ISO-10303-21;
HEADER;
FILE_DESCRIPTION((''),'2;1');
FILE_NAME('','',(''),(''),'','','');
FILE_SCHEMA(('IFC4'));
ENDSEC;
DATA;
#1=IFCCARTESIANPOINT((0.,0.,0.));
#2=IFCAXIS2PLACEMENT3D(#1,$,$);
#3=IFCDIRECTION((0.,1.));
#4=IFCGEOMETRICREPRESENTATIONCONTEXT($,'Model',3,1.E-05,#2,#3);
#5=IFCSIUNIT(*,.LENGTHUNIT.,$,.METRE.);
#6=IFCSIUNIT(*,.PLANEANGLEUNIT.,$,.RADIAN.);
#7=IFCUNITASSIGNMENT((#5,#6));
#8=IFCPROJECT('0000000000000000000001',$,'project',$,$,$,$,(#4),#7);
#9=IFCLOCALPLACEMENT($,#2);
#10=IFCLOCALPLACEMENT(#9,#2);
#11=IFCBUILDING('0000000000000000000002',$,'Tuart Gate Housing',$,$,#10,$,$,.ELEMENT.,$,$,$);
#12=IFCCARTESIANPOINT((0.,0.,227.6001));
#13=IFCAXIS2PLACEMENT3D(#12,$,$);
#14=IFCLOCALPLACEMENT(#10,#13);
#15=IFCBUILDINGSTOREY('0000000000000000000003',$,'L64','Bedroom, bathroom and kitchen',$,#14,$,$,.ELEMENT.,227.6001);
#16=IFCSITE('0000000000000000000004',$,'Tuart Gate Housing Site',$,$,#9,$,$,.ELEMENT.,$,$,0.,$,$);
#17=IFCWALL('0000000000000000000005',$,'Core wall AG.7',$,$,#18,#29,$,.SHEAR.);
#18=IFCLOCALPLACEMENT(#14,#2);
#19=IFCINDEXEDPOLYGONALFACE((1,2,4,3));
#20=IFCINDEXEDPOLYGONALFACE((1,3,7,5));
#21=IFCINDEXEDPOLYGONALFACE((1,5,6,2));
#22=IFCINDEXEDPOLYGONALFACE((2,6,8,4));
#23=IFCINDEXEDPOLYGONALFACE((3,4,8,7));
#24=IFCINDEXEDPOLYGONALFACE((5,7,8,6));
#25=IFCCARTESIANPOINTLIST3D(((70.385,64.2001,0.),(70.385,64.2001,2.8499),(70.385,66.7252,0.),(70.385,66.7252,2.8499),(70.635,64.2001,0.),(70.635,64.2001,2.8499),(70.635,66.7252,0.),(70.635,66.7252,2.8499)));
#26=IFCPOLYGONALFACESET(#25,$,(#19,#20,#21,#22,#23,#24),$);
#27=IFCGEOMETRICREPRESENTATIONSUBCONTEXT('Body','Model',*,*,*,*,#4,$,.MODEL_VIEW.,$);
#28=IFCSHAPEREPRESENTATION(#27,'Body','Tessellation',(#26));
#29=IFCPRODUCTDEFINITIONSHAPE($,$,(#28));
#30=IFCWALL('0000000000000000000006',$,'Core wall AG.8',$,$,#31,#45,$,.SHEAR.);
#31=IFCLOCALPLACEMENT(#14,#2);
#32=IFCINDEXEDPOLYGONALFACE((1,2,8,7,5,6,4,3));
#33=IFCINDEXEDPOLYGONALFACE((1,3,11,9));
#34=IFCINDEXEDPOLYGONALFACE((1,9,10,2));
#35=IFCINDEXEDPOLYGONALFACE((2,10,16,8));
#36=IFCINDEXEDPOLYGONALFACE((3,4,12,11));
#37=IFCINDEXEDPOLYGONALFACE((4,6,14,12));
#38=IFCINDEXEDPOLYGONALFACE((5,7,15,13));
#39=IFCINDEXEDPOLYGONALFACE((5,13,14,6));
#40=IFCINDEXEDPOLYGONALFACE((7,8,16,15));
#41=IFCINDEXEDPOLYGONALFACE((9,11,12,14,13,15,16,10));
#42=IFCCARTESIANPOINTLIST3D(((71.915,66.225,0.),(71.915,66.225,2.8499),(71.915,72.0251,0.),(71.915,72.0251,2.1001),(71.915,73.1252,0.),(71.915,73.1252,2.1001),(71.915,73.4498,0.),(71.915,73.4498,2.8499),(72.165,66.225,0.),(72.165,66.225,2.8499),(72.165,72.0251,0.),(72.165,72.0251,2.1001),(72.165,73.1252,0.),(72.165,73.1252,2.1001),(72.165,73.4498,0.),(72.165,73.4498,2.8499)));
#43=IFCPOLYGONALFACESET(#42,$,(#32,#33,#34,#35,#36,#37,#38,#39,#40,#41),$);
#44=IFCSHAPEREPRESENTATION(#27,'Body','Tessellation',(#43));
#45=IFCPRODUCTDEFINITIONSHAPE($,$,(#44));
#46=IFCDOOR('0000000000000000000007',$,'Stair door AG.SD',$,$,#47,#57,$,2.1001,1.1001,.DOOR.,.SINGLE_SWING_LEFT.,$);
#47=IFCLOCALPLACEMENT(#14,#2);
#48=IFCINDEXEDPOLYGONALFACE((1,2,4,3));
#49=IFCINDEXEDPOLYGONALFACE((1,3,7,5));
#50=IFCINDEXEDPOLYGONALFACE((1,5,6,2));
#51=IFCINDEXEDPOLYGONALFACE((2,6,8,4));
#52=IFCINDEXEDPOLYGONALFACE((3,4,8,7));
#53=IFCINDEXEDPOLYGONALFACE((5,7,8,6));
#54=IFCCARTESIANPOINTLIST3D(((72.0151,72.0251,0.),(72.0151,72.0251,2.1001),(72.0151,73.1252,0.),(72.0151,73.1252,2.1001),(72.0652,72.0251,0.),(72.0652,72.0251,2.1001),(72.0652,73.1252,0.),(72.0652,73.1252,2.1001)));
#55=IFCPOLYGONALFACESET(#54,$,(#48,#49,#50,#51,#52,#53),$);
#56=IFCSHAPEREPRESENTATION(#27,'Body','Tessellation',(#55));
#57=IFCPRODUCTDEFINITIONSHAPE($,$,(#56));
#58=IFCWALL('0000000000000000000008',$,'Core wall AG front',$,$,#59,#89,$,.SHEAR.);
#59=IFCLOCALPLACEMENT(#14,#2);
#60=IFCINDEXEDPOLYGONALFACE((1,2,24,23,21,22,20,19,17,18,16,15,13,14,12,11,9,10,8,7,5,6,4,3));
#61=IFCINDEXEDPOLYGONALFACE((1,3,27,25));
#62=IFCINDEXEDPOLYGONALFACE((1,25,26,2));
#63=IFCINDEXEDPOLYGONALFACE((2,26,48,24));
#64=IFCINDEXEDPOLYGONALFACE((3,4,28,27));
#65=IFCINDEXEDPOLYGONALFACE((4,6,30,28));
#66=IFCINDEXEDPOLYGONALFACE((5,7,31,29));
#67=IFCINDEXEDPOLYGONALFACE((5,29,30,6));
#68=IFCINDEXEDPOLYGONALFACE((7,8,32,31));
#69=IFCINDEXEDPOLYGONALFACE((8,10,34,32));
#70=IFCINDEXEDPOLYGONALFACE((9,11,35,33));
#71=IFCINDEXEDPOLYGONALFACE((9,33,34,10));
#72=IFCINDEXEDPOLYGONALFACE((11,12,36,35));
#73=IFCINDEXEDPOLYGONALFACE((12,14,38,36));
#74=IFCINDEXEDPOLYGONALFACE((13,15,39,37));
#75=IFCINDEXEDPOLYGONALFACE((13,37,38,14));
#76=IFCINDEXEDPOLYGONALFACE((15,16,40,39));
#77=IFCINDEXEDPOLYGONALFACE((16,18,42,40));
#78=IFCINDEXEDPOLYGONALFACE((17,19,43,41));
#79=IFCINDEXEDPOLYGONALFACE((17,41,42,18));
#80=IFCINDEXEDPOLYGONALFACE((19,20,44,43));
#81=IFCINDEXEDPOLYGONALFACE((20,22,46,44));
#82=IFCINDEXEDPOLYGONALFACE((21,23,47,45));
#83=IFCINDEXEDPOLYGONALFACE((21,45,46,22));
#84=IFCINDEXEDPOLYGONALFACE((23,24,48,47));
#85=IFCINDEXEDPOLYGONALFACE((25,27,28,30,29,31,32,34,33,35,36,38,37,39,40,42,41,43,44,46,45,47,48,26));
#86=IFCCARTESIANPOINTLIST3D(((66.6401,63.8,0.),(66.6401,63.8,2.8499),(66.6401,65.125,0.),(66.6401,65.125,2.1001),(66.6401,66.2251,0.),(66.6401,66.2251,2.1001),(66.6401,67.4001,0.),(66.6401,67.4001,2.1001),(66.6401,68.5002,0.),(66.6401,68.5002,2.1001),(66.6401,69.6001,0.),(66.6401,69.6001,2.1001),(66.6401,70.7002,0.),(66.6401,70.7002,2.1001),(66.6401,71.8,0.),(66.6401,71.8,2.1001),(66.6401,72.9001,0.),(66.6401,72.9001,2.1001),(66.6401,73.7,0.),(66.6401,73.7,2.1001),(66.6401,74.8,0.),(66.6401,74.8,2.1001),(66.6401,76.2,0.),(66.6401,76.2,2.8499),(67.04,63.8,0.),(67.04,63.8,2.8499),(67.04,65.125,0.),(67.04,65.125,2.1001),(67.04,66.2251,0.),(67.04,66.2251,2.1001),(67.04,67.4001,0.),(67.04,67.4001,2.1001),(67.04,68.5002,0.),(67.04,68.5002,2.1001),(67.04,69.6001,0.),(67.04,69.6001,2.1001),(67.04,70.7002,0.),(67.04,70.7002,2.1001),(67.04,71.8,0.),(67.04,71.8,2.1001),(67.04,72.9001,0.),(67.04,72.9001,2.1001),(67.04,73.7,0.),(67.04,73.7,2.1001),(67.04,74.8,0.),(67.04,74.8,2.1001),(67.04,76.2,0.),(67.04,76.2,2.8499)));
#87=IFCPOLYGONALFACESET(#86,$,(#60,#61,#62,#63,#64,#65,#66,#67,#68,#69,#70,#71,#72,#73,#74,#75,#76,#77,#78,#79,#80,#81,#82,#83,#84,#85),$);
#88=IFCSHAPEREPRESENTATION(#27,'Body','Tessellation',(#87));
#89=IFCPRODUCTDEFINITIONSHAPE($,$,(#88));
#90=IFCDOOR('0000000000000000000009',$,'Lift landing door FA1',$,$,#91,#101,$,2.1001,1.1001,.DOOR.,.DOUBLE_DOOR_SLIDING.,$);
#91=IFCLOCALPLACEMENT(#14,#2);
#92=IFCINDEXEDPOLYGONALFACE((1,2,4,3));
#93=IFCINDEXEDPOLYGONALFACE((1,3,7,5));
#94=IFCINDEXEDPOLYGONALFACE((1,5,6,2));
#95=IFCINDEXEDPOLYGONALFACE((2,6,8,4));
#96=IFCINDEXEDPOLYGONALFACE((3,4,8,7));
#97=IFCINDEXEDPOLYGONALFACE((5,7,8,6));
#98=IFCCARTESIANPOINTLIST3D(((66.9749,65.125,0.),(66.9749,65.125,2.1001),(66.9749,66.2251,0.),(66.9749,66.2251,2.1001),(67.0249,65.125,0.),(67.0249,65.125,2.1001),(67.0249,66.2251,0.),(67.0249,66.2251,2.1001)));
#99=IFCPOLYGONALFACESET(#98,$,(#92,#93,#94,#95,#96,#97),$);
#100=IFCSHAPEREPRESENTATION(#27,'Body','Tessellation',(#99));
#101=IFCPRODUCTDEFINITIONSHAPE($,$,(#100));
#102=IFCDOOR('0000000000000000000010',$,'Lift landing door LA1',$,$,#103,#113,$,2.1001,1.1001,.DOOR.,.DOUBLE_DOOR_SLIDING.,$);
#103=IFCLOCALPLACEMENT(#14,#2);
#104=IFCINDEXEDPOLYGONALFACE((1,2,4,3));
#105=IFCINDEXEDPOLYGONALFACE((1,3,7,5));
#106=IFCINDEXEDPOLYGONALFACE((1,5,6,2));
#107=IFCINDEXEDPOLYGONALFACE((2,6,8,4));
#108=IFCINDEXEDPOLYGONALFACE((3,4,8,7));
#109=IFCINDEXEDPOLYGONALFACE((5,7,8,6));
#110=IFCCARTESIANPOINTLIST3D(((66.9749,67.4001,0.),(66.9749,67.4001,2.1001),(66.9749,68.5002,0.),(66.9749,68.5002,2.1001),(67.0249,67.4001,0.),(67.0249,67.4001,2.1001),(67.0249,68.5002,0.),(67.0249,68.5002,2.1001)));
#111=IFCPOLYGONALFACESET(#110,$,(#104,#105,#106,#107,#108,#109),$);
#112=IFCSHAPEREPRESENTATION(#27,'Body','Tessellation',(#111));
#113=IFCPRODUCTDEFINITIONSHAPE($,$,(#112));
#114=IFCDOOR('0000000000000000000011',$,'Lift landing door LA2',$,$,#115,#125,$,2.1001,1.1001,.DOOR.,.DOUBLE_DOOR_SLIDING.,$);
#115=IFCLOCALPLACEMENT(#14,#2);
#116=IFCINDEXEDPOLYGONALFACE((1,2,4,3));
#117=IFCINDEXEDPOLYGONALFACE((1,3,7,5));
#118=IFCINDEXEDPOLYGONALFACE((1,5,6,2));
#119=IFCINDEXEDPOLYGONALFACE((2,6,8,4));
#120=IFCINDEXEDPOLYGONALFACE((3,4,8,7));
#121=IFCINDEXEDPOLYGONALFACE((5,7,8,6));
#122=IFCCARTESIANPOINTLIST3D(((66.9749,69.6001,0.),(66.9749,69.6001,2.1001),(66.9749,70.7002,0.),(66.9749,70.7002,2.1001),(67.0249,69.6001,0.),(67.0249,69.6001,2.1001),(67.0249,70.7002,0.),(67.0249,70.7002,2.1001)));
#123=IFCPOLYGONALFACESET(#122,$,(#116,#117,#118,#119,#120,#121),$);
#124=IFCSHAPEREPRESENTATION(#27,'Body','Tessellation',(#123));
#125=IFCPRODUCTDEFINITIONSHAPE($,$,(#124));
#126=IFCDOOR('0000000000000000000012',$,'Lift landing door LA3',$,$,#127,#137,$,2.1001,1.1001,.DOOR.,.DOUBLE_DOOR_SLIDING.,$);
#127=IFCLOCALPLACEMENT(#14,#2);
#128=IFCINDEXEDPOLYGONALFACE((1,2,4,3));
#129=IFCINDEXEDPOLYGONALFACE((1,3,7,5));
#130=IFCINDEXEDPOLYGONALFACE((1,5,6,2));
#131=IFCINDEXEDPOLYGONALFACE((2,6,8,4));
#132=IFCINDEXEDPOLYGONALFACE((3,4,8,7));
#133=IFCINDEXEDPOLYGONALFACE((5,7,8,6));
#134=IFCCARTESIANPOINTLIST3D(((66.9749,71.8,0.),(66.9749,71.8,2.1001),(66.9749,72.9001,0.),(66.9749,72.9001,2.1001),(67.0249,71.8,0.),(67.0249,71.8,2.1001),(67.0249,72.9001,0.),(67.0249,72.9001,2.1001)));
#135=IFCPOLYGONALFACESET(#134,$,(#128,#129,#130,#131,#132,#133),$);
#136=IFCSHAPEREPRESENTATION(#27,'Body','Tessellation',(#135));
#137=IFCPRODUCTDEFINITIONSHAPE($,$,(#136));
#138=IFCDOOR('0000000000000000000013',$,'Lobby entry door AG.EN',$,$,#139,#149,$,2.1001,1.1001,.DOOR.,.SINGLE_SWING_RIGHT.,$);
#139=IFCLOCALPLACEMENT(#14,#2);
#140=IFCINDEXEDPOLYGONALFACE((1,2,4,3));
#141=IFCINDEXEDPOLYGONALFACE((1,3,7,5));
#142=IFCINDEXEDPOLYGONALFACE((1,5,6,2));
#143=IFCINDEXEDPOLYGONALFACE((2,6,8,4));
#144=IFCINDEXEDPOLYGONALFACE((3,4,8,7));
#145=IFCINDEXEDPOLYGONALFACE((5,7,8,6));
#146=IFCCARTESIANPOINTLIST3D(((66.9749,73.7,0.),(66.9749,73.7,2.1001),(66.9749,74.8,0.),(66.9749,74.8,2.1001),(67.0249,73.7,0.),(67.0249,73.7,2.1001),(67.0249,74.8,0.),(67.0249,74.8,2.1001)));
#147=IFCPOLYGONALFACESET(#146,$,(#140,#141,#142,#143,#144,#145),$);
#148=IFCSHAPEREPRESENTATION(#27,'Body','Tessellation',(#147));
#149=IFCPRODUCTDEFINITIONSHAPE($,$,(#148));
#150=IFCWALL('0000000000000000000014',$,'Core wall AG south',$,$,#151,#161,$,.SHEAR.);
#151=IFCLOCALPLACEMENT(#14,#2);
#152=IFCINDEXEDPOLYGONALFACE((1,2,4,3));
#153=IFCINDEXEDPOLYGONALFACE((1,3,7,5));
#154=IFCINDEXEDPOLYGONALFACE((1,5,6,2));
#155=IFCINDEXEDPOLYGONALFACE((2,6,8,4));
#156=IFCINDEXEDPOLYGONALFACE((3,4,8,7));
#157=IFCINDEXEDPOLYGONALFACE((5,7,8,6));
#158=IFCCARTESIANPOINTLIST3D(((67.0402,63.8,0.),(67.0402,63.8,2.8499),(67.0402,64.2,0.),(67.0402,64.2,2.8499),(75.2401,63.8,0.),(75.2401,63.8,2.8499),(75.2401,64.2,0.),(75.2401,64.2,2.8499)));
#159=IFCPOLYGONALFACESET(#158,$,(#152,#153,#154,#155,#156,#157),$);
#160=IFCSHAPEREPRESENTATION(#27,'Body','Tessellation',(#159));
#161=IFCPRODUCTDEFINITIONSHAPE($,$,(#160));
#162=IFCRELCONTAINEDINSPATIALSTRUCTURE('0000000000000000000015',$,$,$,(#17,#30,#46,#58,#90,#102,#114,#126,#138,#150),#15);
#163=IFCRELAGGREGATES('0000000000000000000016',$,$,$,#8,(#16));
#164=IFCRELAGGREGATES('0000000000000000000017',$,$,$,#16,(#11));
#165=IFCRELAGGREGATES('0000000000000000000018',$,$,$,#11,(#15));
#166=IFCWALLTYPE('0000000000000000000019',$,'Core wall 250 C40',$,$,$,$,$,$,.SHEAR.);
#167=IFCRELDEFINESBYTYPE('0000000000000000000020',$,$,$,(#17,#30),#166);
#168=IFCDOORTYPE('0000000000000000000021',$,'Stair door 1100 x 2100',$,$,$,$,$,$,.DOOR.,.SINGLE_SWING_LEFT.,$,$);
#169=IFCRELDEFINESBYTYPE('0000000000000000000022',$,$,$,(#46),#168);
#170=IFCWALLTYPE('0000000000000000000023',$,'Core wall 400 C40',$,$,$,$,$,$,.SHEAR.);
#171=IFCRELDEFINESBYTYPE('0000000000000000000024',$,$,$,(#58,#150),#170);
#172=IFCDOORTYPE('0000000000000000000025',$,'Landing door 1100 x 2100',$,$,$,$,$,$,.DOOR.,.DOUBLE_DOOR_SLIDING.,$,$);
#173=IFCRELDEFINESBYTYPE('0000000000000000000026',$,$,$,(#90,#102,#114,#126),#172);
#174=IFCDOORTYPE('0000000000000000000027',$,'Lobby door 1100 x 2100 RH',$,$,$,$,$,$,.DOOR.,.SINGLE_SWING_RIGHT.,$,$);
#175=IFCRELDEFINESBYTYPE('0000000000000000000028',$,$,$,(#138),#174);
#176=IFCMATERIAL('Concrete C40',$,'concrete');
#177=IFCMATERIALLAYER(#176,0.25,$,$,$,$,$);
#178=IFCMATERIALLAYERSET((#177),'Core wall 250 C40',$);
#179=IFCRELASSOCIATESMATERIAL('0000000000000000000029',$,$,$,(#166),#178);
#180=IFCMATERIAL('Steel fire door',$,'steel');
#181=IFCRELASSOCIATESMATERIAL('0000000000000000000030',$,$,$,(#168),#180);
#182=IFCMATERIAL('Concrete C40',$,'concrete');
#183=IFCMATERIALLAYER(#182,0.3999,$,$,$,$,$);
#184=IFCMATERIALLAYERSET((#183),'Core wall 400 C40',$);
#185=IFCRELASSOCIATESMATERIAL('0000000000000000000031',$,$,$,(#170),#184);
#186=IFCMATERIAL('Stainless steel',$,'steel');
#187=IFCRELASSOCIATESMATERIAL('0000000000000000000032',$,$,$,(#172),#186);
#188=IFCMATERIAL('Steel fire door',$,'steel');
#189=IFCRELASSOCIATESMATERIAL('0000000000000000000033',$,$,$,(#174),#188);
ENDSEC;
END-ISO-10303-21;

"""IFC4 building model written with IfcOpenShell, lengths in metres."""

from ifc_helpers import new_model, si_unit, direction, frame, frame_2d, origin, place, context, subcontext, project, spatial, rectangle, extrude, material, layer, layer_set, type_object, element, fill, save


model = new_model("IFC4")

# Units and contexts
model_context = context("Model", 3, precision=1e-05, world=origin(), true_north=direction((0.0, 1.0)))
body_context = subcontext(model_context, "Body", "Model", "MODEL_VIEW")
ifc_project = project(units=[si_unit("LENGTHUNIT", "METRE"), si_unit("PLANEANGLEUNIT", "RADIAN")], contexts=[model_context])

# Site, building, storey
site_placement = place(None, origin())
site = spatial("IfcSite", under=ifc_project, at=site_placement, Name="Tuart Gate Housing Site", CompositionType="ELEMENT", RefElevation=0.0)
building_placement = place(site_placement, origin())
building = spatial("IfcBuilding", under=site, at=building_placement, Name="Tuart Gate Housing", CompositionType="ELEMENT")
storey_placement = place(building_placement, frame((0.0, 0.0, 227.6001)))
storey = spatial("IfcBuildingStorey", under=building, at=storey_placement, Name="L64", Description="Bedroom, bathroom and kitchen", CompositionType="ELEMENT", Elevation=227.6001)

# Wall
ifc_material_1 = material(Name="Concrete C40", Category="concrete")
ifc_layer_1 = layer(ifc_material_1, 0.25)
ifc_layer_set_1 = layer_set([ifc_layer_1], Name="Core wall 250 C40")
wall_type_1 = type_object("IfcWallType", Name="Core wall 250 C40", PredefinedType="SHEAR", material=ifc_layer_set_1)
wall_1_placement = place(storey_placement, frame((70.51, 64.2, 0.0), z_axis=(0.0, 0.0, 1.0), x_axis=(0.0, 1.0, 0.0)))
element("IfcWall", 1, at=wall_1_placement, inside=storey, type_object=wall_type_1, Name="Core wall AG.7", PredefinedType="SHEAR", context=body_context, shape_type="SweptSolid", body=[
    extrude(rectangle(XDim=2.5251, YDim=0.25, at=frame_2d((1.2627, 0.0))), origin(), (0.0, 0.0, 1.0), 2.8499),
])

# Wall, opening, door
wall_2_placement = place(storey_placement, frame((72.04, 66.2251, 0.0), z_axis=(0.0, 0.0, 1.0), x_axis=(0.0, 1.0, 0.0)))
wall_2 = element("IfcWall", 2, at=wall_2_placement, inside=storey, type_object=wall_type_1, Name="Core wall AG.8", PredefinedType="SHEAR", context=body_context, shape_type="SweptSolid", body=[
    extrude(rectangle(XDim=7.2249, YDim=0.25, at=frame_2d((3.6123, 0.0))), origin(), (0.0, 0.0, 1.0), 2.8499),
])
opening_1_placement = place(wall_2_placement, frame((5.8, 0.0, 0.0)))
opening_1 = element("IfcOpeningElement", 3, at=opening_1_placement, cuts=wall_2, PredefinedType="OPENING", context=body_context, shape_type="SweptSolid", body=[
    extrude(rectangle(XDim=1.1001, YDim=2.1001, at=frame_2d((0.55, 1.05))), frame((0.0, 0.135, 0.0), z_axis=(0.0, -1.0, 0.0), x_axis=(1.0, 0.0, 0.0)), (0.0, 0.0, 1.0), 0.27),
])
ifc_material_2 = material(Name="Steel fire door", Category="steel")
door_type_1 = type_object("IfcDoorType", Name="Stair door 1100 x 2100", OperationType="SINGLE_SWING_LEFT", PredefinedType="DOOR", material=ifc_material_2)
door_1_placement = place(opening_1_placement, frame((1.1001, 0.0, 0.0), z_axis=(0.0, 0.0, 1.0), x_axis=(-1.0, 0.0, 0.0)))
door_1 = element("IfcDoor", 4, at=door_1_placement, inside=storey, type_object=door_type_1, Name="Stair door AG.SD", OperationType="SINGLE_SWING_LEFT", OverallHeight=2.1001, OverallWidth=1.1001, PredefinedType="DOOR", context=body_context, shape_type="SweptSolid", body=[
    extrude(rectangle(XDim=1.1001, YDim=2.1001, at=frame_2d((0.55, 1.05))), frame((0.0, 0.0251, 0.0), z_axis=(0.0, -1.0, 0.0), x_axis=(1.0, 0.0, 0.0)), (0.0, 0.0, 1.0), 0.05),
])
fill(opening_1, door_1)

# Wall, openings, doors
ifc_material_3 = material(Name="Concrete C40", Category="concrete")
ifc_layer_2 = layer(ifc_material_3, 0.3999)
ifc_layer_set_2 = layer_set([ifc_layer_2], Name="Core wall 400 C40")
wall_type_2 = type_object("IfcWallType", Name="Core wall 400 C40", PredefinedType="SHEAR", material=ifc_layer_set_2)
wall_3_placement = place(storey_placement, frame((66.8401, 63.8, 0.0), z_axis=(0.0, 0.0, 1.0), x_axis=(0.0, 1.0, 0.0)))
wall_3 = element("IfcWall", 5, at=wall_3_placement, inside=storey, type_object=wall_type_2, Name="Core wall AG front", PredefinedType="SHEAR", context=body_context, shape_type="SweptSolid", body=[
    extrude(rectangle(XDim=12.3999, YDim=0.3999, at=frame_2d((6.2, 0.0))), origin(), (0.0, 0.0, 1.0), 2.8499),
])
opening_2_placement = place(wall_3_placement, frame((1.325, 0.0, 0.0)))
opening_2 = element("IfcOpeningElement", 6, at=opening_2_placement, cuts=wall_3, PredefinedType="OPENING", context=body_context, shape_type="SweptSolid", body=[
    extrude(rectangle(XDim=1.1001, YDim=2.1001, at=frame_2d((0.55, 1.05))), frame((0.0, 0.21, 0.0), z_axis=(0.0, -1.0, 0.0), x_axis=(1.0, 0.0, 0.0)), (0.0, 0.0, 1.0), 0.4199),
])
opening_3_placement = place(wall_3_placement, frame((3.6001, 0.0, 0.0)))
opening_3 = element("IfcOpeningElement", 7, at=opening_3_placement, cuts=wall_3, PredefinedType="OPENING", context=body_context, shape_type="SweptSolid", body=[
    extrude(rectangle(XDim=1.1001, YDim=2.1001, at=frame_2d((0.55, 1.05))), frame((0.0, 0.21, 0.0), z_axis=(0.0, -1.0, 0.0), x_axis=(1.0, 0.0, 0.0)), (0.0, 0.0, 1.0), 0.4199),
])
opening_4_placement = place(wall_3_placement, frame((5.8, 0.0, 0.0)))
opening_4 = element("IfcOpeningElement", 8, at=opening_4_placement, cuts=wall_3, PredefinedType="OPENING", context=body_context, shape_type="SweptSolid", body=[
    extrude(rectangle(XDim=1.1001, YDim=2.1001, at=frame_2d((0.55, 1.05))), frame((0.0, 0.21, 0.0), z_axis=(0.0, -1.0, 0.0), x_axis=(1.0, 0.0, 0.0)), (0.0, 0.0, 1.0), 0.4199),
])
opening_5_placement = place(wall_3_placement, frame((8.0, 0.0, 0.0)))
opening_5 = element("IfcOpeningElement", 9, at=opening_5_placement, cuts=wall_3, PredefinedType="OPENING", context=body_context, shape_type="SweptSolid", body=[
    extrude(rectangle(XDim=1.1001, YDim=2.1001, at=frame_2d((0.55, 1.05))), frame((0.0, 0.21, 0.0), z_axis=(0.0, -1.0, 0.0), x_axis=(1.0, 0.0, 0.0)), (0.0, 0.0, 1.0), 0.4199),
])
opening_6_placement = place(wall_3_placement, frame((9.8999, 0.0, 0.0)))
opening_6 = element("IfcOpeningElement", 10, at=opening_6_placement, cuts=wall_3, PredefinedType="OPENING", context=body_context, shape_type="SweptSolid", body=[
    extrude(rectangle(XDim=1.1001, YDim=2.1001, at=frame_2d((0.55, 1.05))), frame((0.0, 0.21, 0.0), z_axis=(0.0, -1.0, 0.0), x_axis=(1.0, 0.0, 0.0)), (0.0, 0.0, 1.0), 0.4199),
])
ifc_material_4 = material(Name="Stainless steel", Category="steel")
door_type_2 = type_object("IfcDoorType", Name="Landing door 1100 x 2100", OperationType="DOUBLE_DOOR_SLIDING", PredefinedType="DOOR", material=ifc_material_4)
door_2_placement = place(opening_2_placement, origin())
door_2 = element("IfcDoor", 11, at=door_2_placement, inside=storey, type_object=door_type_2, Name="Lift landing door FA1", OperationType="DOUBLE_DOOR_SLIDING", OverallHeight=2.1001, OverallWidth=1.1001, PredefinedType="DOOR", context=body_context, shape_type="SweptSolid", body=[
    extrude(rectangle(XDim=1.1001, YDim=2.1001, at=frame_2d((0.55, 1.05))), frame((0.0, -0.1348, 0.0), z_axis=(0.0, -1.0, 0.0), x_axis=(1.0, 0.0, 0.0)), (0.0, 0.0, 1.0), 0.05),
])
fill(opening_2, door_2)
door_3_placement = place(opening_3_placement, origin())
door_3 = element("IfcDoor", 12, at=door_3_placement, inside=storey, type_object=door_type_2, Name="Lift landing door LA1", OperationType="DOUBLE_DOOR_SLIDING", OverallHeight=2.1001, OverallWidth=1.1001, PredefinedType="DOOR", context=body_context, shape_type="SweptSolid", body=[
    extrude(rectangle(XDim=1.1001, YDim=2.1001, at=frame_2d((0.55, 1.05))), frame((0.0, -0.1348, 0.0), z_axis=(0.0, -1.0, 0.0), x_axis=(1.0, 0.0, 0.0)), (0.0, 0.0, 1.0), 0.05),
])
fill(opening_3, door_3)
door_4_placement = place(opening_4_placement, origin())
door_4 = element("IfcDoor", 13, at=door_4_placement, inside=storey, type_object=door_type_2, Name="Lift landing door LA2", OperationType="DOUBLE_DOOR_SLIDING", OverallHeight=2.1001, OverallWidth=1.1001, PredefinedType="DOOR", context=body_context, shape_type="SweptSolid", body=[
    extrude(rectangle(XDim=1.1001, YDim=2.1001, at=frame_2d((0.55, 1.05))), frame((0.0, -0.1348, 0.0), z_axis=(0.0, -1.0, 0.0), x_axis=(1.0, 0.0, 0.0)), (0.0, 0.0, 1.0), 0.05),
])
fill(opening_4, door_4)
door_5_placement = place(opening_5_placement, origin())
door_5 = element("IfcDoor", 14, at=door_5_placement, inside=storey, type_object=door_type_2, Name="Lift landing door LA3", OperationType="DOUBLE_DOOR_SLIDING", OverallHeight=2.1001, OverallWidth=1.1001, PredefinedType="DOOR", context=body_context, shape_type="SweptSolid", body=[
    extrude(rectangle(XDim=1.1001, YDim=2.1001, at=frame_2d((0.55, 1.05))), frame((0.0, -0.1348, 0.0), z_axis=(0.0, -1.0, 0.0), x_axis=(1.0, 0.0, 0.0)), (0.0, 0.0, 1.0), 0.05),
])
fill(opening_5, door_5)
ifc_material_5 = material(Name="Steel fire door", Category="steel")
door_type_3 = type_object("IfcDoorType", Name="Lobby door 1100 x 2100 RH", OperationType="SINGLE_SWING_RIGHT", PredefinedType="DOOR", material=ifc_material_5)
door_6_placement = place(opening_6_placement, frame((1.1001, 0.0, 0.0), z_axis=(0.0, 0.0, 1.0), x_axis=(-1.0, 0.0, 0.0)))
door_6 = element("IfcDoor", 15, at=door_6_placement, inside=storey, type_object=door_type_3, Name="Lobby entry door AG.EN", OperationType="SINGLE_SWING_RIGHT", OverallHeight=2.1001, OverallWidth=1.1001, PredefinedType="DOOR", context=body_context, shape_type="SweptSolid", body=[
    extrude(rectangle(XDim=1.1001, YDim=2.1001, at=frame_2d((0.55, 1.05))), frame((0.0, 0.1848, 0.0), z_axis=(0.0, -1.0, 0.0), x_axis=(1.0, 0.0, 0.0)), (0.0, 0.0, 1.0), 0.05),
])
fill(opening_6, door_6)

# Wall
wall_4_placement = place(storey_placement, frame((67.04, 64.0, 0.0), z_axis=(0.0, 0.0, 1.0), x_axis=(1.0, 0.0, 0.0)))
element("IfcWall", 16, at=wall_4_placement, inside=storey, type_object=wall_type_2, Name="Core wall AG south", PredefinedType="SHEAR", context=body_context, shape_type="SweptSolid", body=[
    extrude(rectangle(XDim=8.2, YDim=0.3999, at=frame_2d((4.1001, 0.0))), origin(), (0.0, 0.0, 1.0), 2.8499),
])

save(model, "model.ifc")
